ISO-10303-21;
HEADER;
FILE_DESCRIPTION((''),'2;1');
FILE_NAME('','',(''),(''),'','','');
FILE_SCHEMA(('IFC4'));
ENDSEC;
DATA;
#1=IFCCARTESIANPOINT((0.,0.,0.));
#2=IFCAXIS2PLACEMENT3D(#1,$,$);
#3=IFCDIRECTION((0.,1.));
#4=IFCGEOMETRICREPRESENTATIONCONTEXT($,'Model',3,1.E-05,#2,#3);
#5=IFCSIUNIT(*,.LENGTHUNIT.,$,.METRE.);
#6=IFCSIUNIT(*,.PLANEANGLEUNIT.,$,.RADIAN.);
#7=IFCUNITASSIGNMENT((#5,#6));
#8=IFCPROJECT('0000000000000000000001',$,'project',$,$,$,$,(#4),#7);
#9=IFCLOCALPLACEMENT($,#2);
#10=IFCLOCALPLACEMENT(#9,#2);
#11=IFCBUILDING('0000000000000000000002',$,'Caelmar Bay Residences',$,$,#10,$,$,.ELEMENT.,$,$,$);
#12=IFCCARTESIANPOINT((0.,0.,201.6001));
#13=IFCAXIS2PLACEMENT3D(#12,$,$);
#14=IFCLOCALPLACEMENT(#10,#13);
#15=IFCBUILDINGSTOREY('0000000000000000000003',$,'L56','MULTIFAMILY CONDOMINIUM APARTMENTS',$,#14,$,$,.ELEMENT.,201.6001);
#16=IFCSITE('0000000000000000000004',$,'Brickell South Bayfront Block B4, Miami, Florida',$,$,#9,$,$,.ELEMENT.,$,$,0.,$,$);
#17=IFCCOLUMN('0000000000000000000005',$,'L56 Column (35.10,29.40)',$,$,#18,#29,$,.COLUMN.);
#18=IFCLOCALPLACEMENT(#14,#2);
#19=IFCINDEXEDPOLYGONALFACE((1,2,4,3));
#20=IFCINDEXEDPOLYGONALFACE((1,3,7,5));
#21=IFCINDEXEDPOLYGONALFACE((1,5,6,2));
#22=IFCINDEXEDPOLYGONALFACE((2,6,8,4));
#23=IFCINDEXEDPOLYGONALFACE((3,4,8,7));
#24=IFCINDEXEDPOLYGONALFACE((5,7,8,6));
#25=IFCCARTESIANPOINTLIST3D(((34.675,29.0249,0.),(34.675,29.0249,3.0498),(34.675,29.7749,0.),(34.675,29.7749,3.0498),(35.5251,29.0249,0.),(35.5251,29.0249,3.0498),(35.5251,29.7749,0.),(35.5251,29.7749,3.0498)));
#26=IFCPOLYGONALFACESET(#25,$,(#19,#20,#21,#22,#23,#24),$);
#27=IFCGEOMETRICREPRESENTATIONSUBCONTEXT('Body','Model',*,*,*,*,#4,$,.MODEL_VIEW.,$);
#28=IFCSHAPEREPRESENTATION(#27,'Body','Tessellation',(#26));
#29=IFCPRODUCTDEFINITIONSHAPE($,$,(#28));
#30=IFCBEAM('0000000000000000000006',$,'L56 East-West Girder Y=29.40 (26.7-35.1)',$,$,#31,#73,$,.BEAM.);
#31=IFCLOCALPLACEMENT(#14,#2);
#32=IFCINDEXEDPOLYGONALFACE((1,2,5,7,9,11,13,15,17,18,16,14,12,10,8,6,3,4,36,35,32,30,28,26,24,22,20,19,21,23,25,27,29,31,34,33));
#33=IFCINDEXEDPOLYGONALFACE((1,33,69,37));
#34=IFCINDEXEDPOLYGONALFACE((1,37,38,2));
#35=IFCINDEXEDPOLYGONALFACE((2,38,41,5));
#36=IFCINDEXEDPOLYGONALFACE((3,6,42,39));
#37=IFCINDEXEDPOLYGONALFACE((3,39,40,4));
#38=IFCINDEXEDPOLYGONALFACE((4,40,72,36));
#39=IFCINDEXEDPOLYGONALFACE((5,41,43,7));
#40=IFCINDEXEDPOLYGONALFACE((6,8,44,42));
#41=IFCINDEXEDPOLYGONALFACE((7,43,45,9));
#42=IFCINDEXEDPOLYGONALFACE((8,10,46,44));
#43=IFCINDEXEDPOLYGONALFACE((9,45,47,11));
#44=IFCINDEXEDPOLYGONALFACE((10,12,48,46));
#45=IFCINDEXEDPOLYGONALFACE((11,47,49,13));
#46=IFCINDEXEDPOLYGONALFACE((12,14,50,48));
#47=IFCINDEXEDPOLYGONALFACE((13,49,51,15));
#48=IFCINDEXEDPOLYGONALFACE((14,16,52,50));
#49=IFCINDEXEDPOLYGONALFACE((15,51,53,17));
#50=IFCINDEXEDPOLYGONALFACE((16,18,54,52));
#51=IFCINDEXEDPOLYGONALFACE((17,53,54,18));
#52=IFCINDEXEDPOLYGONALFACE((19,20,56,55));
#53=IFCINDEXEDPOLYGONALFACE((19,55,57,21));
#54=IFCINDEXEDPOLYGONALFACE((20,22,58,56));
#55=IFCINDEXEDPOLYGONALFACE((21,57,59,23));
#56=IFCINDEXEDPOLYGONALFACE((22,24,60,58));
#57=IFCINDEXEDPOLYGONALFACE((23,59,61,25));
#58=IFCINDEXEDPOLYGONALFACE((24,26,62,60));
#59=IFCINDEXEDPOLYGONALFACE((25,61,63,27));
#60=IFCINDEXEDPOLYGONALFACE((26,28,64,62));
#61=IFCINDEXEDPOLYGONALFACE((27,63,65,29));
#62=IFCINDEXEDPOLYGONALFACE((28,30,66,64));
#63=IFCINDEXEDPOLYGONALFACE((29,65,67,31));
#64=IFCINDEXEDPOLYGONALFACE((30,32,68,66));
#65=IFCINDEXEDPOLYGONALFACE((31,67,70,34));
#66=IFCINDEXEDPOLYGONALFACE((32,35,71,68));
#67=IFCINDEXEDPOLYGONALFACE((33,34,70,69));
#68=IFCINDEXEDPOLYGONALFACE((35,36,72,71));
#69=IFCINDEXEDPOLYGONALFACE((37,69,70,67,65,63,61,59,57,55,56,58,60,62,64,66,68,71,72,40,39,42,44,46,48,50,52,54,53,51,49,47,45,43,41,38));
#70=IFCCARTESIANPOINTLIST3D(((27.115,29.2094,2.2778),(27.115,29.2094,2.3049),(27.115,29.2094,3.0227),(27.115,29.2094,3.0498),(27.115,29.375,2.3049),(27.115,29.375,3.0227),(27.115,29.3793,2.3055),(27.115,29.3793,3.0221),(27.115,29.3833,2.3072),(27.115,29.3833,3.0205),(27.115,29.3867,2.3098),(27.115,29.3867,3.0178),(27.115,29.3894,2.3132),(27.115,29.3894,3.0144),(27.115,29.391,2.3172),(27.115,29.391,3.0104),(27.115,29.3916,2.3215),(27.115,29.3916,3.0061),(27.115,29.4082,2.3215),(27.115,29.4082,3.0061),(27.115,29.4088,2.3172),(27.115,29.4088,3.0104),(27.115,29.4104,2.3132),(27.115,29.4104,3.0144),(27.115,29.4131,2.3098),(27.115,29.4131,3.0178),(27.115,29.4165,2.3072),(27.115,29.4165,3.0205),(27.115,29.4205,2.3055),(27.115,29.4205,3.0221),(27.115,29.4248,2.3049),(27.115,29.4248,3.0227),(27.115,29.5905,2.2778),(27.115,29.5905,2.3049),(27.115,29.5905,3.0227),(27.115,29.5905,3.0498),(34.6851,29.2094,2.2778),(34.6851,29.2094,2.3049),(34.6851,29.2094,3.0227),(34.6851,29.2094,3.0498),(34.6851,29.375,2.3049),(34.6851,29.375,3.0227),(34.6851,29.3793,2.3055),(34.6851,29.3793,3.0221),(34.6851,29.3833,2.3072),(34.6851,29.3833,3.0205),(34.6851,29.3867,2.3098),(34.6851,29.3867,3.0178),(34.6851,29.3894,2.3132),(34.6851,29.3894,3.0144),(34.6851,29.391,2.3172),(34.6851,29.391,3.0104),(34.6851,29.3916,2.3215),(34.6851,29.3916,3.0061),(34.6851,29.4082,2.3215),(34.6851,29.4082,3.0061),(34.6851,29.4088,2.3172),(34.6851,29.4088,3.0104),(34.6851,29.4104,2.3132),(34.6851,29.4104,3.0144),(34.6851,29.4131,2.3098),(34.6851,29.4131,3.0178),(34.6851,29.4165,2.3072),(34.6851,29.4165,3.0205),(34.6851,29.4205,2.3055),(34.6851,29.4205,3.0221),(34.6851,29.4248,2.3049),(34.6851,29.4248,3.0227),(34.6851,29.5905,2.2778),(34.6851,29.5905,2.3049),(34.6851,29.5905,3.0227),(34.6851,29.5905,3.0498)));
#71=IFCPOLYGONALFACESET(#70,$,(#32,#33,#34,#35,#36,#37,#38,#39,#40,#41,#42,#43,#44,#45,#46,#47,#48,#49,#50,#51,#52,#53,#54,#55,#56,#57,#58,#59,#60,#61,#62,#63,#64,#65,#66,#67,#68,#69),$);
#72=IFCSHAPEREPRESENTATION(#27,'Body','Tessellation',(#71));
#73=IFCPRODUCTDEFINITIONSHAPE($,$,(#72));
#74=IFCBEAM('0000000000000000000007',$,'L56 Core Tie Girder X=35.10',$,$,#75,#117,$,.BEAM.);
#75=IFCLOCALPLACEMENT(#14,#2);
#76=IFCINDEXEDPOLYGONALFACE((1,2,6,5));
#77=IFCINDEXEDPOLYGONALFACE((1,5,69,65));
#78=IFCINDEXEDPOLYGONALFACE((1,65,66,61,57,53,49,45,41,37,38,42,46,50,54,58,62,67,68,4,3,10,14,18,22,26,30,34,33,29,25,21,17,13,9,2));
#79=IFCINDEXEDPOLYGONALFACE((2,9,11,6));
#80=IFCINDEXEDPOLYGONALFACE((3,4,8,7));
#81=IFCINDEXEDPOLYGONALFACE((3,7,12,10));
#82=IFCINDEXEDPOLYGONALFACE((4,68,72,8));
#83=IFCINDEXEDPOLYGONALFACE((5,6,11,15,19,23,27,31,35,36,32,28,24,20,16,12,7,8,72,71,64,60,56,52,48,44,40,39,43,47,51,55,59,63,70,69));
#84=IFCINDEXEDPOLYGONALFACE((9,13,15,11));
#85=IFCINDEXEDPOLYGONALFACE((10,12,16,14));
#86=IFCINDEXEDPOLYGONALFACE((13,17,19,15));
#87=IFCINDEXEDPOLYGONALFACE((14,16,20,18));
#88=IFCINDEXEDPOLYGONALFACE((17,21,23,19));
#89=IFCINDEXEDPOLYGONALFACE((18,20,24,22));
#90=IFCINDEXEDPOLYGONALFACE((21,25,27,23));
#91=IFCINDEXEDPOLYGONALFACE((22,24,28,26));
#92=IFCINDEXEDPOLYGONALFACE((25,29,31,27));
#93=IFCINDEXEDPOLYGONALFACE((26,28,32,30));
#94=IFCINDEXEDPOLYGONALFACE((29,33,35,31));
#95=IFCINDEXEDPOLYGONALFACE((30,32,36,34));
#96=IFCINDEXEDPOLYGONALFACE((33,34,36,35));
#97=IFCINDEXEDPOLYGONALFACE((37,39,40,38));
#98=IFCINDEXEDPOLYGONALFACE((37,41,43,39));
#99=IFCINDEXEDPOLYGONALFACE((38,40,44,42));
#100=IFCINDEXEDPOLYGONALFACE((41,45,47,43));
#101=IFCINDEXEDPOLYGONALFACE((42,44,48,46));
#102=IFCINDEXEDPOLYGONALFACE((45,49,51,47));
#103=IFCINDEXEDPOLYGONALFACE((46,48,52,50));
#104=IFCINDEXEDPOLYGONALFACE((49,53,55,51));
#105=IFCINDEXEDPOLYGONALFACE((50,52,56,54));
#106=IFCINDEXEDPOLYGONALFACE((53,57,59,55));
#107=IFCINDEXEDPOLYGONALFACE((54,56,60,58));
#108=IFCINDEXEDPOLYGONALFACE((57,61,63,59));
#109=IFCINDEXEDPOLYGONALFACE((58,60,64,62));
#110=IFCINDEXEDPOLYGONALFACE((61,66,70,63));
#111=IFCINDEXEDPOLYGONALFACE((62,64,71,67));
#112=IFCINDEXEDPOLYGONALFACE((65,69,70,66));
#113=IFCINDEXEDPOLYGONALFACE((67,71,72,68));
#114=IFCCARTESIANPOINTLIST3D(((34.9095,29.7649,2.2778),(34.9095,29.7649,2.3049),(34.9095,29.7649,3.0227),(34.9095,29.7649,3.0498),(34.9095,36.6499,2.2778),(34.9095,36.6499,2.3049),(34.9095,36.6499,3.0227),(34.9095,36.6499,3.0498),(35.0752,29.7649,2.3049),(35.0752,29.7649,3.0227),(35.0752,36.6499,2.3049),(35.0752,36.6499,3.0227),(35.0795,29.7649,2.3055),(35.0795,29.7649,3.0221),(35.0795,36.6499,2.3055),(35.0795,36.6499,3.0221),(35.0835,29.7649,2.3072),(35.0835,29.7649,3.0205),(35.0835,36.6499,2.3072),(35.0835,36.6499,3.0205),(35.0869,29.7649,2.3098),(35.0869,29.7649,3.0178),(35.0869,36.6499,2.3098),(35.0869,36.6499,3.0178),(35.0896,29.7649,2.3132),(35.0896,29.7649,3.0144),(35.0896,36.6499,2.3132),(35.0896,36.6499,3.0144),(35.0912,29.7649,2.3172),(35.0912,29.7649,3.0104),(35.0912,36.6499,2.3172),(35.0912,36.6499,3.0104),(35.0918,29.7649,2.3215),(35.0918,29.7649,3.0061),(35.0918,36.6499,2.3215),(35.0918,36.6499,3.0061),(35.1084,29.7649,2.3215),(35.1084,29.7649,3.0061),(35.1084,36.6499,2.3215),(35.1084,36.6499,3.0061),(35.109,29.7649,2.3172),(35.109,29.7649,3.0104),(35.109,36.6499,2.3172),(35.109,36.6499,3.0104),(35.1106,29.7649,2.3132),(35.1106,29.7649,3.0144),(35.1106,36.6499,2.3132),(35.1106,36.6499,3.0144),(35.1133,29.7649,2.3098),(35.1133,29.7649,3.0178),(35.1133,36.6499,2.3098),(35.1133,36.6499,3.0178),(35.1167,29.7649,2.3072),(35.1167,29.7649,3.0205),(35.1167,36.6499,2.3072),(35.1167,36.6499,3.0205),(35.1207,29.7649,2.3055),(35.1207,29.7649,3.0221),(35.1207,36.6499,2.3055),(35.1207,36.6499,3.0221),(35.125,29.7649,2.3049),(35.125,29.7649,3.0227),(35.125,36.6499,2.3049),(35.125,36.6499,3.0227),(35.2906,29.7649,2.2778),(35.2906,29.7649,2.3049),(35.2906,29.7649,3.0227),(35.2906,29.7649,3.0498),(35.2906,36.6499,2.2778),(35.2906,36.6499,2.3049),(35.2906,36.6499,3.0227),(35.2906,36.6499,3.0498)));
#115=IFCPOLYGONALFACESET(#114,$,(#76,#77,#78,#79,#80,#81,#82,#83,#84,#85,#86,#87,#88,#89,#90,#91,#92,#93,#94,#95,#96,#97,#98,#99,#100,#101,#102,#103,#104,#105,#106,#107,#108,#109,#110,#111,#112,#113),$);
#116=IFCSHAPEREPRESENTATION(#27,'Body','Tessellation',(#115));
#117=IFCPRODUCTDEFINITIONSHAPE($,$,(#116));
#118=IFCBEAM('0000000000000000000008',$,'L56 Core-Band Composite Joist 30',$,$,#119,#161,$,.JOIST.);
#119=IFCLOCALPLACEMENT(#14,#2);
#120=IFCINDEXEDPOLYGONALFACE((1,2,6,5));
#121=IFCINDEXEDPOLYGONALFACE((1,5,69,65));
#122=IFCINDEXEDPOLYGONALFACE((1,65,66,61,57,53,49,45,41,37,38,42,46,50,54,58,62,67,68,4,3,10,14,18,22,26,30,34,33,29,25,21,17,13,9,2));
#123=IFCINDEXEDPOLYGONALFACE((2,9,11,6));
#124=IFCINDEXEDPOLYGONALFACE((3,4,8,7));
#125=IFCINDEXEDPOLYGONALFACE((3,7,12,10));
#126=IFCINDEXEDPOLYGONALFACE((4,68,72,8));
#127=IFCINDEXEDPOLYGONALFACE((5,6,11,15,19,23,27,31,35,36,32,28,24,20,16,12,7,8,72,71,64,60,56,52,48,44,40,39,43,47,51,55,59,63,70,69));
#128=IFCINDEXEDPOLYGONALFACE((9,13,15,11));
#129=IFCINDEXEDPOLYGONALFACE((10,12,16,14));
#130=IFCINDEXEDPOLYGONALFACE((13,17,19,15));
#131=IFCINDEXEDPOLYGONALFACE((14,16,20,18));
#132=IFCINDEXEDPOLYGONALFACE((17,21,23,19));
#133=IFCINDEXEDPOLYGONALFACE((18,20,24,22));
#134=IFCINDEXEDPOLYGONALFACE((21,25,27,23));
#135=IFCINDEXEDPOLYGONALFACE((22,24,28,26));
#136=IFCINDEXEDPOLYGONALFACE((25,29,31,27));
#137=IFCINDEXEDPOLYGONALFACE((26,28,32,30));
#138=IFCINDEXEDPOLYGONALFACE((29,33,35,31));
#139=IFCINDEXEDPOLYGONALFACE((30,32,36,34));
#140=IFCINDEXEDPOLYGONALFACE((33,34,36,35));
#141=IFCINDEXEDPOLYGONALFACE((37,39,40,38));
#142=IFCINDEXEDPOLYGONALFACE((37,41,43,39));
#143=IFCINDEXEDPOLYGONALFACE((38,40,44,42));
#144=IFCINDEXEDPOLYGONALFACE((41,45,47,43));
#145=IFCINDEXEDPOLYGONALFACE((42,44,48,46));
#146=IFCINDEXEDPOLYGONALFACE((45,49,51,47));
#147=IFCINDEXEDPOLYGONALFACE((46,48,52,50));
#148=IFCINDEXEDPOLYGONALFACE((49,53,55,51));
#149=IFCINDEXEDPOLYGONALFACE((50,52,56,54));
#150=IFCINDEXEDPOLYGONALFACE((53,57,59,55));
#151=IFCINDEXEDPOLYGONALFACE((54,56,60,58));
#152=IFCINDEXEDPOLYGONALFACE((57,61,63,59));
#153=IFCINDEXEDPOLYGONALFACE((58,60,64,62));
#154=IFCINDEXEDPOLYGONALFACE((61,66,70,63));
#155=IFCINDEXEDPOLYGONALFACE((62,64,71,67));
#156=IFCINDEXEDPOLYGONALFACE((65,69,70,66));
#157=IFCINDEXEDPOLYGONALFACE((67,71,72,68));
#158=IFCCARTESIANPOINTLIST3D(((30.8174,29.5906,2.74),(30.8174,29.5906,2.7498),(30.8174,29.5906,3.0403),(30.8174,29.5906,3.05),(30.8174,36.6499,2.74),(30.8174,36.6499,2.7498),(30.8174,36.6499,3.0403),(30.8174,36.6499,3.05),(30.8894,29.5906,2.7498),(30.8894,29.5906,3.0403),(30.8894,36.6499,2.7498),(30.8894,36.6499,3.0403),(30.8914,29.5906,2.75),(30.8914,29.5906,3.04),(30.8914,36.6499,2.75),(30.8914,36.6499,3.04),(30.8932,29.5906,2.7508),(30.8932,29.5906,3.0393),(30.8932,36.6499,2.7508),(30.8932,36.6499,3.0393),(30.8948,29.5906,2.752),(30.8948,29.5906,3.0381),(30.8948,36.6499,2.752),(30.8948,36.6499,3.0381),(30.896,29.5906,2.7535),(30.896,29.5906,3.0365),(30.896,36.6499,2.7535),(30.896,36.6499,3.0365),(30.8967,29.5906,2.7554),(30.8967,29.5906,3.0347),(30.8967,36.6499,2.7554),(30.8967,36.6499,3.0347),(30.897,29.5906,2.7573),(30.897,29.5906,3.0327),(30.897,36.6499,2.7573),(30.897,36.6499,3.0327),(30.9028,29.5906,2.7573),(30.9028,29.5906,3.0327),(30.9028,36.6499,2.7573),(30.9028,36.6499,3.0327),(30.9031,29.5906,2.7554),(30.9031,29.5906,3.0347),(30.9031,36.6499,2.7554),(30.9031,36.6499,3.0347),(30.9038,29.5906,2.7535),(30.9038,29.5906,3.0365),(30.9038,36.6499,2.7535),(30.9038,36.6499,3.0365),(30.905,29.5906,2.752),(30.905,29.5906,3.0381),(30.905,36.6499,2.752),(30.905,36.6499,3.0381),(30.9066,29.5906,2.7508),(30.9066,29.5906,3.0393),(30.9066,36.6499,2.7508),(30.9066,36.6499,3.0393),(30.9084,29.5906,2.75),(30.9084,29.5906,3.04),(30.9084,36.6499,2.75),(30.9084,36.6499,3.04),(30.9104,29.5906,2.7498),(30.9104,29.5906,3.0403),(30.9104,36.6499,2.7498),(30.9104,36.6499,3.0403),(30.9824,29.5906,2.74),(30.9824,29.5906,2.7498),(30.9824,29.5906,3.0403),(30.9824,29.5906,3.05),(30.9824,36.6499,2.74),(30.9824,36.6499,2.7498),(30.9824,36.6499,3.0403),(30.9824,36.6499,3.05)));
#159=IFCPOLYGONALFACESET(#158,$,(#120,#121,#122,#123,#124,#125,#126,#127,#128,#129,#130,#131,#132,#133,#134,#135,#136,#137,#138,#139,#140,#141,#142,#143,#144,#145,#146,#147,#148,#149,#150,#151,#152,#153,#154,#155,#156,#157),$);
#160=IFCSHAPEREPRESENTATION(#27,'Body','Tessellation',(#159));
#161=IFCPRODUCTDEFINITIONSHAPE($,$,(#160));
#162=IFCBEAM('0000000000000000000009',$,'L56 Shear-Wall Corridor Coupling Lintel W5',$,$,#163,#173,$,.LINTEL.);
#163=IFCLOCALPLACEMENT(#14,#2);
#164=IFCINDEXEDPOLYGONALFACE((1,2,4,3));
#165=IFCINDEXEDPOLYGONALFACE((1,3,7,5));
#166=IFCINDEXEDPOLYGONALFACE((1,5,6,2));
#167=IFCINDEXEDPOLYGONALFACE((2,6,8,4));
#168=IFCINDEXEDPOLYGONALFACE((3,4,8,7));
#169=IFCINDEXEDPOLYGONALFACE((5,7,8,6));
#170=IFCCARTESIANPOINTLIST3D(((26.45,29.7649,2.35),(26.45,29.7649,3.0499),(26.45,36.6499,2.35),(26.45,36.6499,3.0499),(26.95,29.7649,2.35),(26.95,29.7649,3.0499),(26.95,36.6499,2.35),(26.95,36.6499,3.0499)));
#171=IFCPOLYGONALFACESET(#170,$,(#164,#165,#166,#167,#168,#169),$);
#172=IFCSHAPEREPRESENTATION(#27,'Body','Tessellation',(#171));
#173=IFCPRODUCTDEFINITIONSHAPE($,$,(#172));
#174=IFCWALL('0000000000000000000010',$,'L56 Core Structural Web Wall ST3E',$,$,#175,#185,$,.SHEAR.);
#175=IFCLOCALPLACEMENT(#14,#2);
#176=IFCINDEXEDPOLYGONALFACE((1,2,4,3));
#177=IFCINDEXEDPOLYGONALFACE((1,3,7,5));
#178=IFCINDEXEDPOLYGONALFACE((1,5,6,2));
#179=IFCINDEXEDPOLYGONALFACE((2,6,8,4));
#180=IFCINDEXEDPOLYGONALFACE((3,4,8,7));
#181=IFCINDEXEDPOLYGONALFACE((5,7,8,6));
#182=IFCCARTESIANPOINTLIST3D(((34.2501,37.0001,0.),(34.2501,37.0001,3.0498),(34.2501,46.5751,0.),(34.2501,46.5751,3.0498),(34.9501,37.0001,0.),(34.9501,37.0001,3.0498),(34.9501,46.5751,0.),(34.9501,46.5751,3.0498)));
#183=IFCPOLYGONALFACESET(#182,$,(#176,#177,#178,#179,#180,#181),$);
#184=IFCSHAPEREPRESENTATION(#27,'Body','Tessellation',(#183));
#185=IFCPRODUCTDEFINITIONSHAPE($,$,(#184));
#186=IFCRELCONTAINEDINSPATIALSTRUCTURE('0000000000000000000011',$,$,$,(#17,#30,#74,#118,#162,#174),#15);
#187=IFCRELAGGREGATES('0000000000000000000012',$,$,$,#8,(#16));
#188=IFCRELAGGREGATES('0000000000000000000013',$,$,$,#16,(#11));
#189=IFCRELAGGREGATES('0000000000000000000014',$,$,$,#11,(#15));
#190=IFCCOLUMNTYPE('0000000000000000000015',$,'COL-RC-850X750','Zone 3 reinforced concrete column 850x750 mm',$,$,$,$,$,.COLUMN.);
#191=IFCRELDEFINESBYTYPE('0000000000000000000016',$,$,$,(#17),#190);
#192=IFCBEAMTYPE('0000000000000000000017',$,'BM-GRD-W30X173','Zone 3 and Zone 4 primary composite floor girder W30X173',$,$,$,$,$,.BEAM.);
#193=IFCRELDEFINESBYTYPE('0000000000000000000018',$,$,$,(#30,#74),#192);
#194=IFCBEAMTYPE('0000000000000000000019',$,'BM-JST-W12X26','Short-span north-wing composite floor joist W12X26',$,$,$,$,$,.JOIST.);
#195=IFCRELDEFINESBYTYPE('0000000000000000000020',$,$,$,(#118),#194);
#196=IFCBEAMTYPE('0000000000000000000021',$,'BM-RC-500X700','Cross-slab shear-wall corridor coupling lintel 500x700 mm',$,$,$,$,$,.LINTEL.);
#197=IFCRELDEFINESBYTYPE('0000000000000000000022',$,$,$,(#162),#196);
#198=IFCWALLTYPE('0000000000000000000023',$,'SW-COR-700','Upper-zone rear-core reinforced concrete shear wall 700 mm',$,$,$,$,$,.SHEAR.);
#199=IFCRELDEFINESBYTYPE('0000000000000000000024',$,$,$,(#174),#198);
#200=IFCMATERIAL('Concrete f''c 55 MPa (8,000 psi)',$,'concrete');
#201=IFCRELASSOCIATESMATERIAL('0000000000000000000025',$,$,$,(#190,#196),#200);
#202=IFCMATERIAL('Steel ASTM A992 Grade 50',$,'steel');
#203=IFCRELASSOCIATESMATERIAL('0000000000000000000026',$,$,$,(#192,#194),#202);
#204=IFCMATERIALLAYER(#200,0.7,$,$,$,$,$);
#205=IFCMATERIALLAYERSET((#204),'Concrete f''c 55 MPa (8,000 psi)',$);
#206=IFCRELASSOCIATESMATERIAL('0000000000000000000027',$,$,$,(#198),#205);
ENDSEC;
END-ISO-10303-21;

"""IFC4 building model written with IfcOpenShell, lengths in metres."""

from ifc_helpers import new_model, si_unit, direction, frame, frame_2d, origin, origin_2d, place, context, subcontext, project, spatial, rectangle, i_section, extrude, material, layer, layer_set, material_profile, profile_set, type_object, element, save


model = new_model("IFC4")

# Units and contexts
model_context = context("Model", 3, precision=1e-05, world=origin(), true_north=direction((0.0, 1.0)))
body_context = subcontext(model_context, "Body", "Model", "MODEL_VIEW")
ifc_project = project(units=[si_unit("LENGTHUNIT", "METRE"), si_unit("PLANEANGLEUNIT", "RADIAN")], contexts=[model_context])

# Site, building, storey
site_placement = place(None, origin())
site = spatial("IfcSite", under=ifc_project, at=site_placement, Name="Brickell South Bayfront Block B4, Miami, Florida", CompositionType="ELEMENT", RefElevation=0.0)
building_placement = place(site_placement, origin())
building = spatial("IfcBuilding", under=site, at=building_placement, Name="Caelmar Bay Residences", CompositionType="ELEMENT")
storey_placement = place(building_placement, frame((0.0, 0.0, 201.6001)))
storey = spatial("IfcBuildingStorey", under=building, at=storey_placement, Name="L56", Description="MULTIFAMILY CONDOMINIUM APARTMENTS", CompositionType="ELEMENT", Elevation=201.6001)

# Column
ifc_material_1 = material(Name="Concrete f'c 55 MPa (8,000 psi)", Category="concrete")
ifc_material_profile_1 = material_profile(ifc_material_1, rectangle(XDim=0.8501, YDim=0.75, at=origin_2d()), Name="RC-COL-850X750")
ifc_profile_set_1 = profile_set([ifc_material_profile_1], Name="Concrete f'c 55 MPa (8,000 psi)")
column_type = type_object("IfcColumnType", Name="COL-RC-850X750", Description="Zone 3 reinforced concrete column 850x750 mm", PredefinedType="COLUMN", material=ifc_profile_set_1)
column_placement = place(storey_placement, frame((35.1001, 29.3999, 0.0), z_axis=(0.0, 0.0, 1.0), x_axis=(1.0, 0.0, 0.0)))
element("IfcColumn", 1, at=column_placement, inside=storey, type_object=column_type, Name="L56 Column (35.10,29.40)", PredefinedType="COLUMN", context=body_context, shape_type="SweptSolid", body=[
    extrude(rectangle(XDim=0.8501, YDim=0.75, at=origin_2d()), origin(), (0.0, 0.0, 1.0), 3.0498),
])

# Beams
ifc_material_2 = material(Name="Steel ASTM A992 Grade 50", Category="steel")
ifc_material_profile_2 = material_profile(ifc_material_2, i_section(OverallWidth=0.3811, OverallDepth=0.772, WebThickness=0.0166, FlangeThickness=0.0271, FilletRadius=0.0166, at=origin_2d()), Name="W30X173")
ifc_profile_set_2 = profile_set([ifc_material_profile_2], Name="Steel ASTM A992 Grade 50")
beam_type_1 = type_object("IfcBeamType", Name="BM-GRD-W30X173", Description="Zone 3 and Zone 4 primary composite floor girder W30X173", PredefinedType="BEAM", material=ifc_profile_set_2)
beam_1_placement = place(storey_placement, frame((27.115, 29.3999, 2.6638), z_axis=(1.0, 0.0, 0.0), x_axis=(0.0, 1.0, 0.0)))
element("IfcBeam", 2, at=beam_1_placement, inside=storey, type_object=beam_type_1, Name="L56 East-West Girder Y=29.40 (26.7-35.1)", PredefinedType="BEAM", context=body_context, shape_type="SweptSolid", body=[
    extrude(i_section(OverallWidth=0.3811, OverallDepth=0.772, WebThickness=0.0166, FlangeThickness=0.0271, FilletRadius=0.0166, at=origin_2d()), origin(), (0.0, 0.0, 1.0), 7.5701),
])
beam_2_placement = place(storey_placement, frame((35.1001, 29.7649, 2.6638), z_axis=(0.0, 1.0, 0.0), x_axis=(-1.0, 0.0, 0.0)))
element("IfcBeam", 3, at=beam_2_placement, inside=storey, type_object=beam_type_1, Name="L56 Core Tie Girder X=35.10", PredefinedType="BEAM", context=body_context, shape_type="SweptSolid", body=[
    extrude(i_section(OverallWidth=0.3811, OverallDepth=0.772, WebThickness=0.0166, FlangeThickness=0.0271, FilletRadius=0.0166, at=origin_2d()), origin(), (0.0, 0.0, 1.0), 6.885),
])
ifc_material_profile_3 = material_profile(ifc_material_2, i_section(OverallWidth=0.165, OverallDepth=0.3101, WebThickness=0.0059, FlangeThickness=0.0098, FilletRadius=0.0076, at=origin_2d()), Name="W12X26")
ifc_profile_set_3 = profile_set([ifc_material_profile_3], Name="Steel ASTM A992 Grade 50")
beam_type_2 = type_object("IfcBeamType", Name="BM-JST-W12X26", Description="Short-span north-wing composite floor joist W12X26", PredefinedType="JOIST", material=ifc_profile_set_3)
beam_3_placement = place(storey_placement, frame((30.8999, 29.5906, 2.895), z_axis=(0.0, 1.0, 0.0), x_axis=(-1.0, 0.0, 0.0)))
element("IfcBeam", 4, at=beam_3_placement, inside=storey, type_object=beam_type_2, Name="L56 Core-Band Composite Joist 30", PredefinedType="JOIST", context=body_context, shape_type="SweptSolid", body=[
    extrude(i_section(OverallWidth=0.165, OverallDepth=0.3101, WebThickness=0.0059, FlangeThickness=0.0098, FilletRadius=0.0076, at=origin_2d()), origin(), (0.0, 0.0, 1.0), 7.0593),
])
ifc_material_profile_4 = material_profile(ifc_material_1, rectangle(XDim=0.5, YDim=0.7, at=origin_2d()), Name="RC-BM-500X700")
ifc_profile_set_4 = profile_set([ifc_material_profile_4], Name="Concrete f'c 55 MPa (8,000 psi)")
beam_type_3 = type_object("IfcBeamType", Name="BM-RC-500X700", Description="Cross-slab shear-wall corridor coupling lintel 500x700 mm", PredefinedType="LINTEL", material=ifc_profile_set_4)
beam_4_placement = place(storey_placement, frame((26.7, 29.7649, 2.7), z_axis=(0.0, 1.0, 0.0), x_axis=(-1.0, 0.0, 0.0)))
element("IfcBeam", 5, at=beam_4_placement, inside=storey, type_object=beam_type_3, Name="L56 Shear-Wall Corridor Coupling Lintel W5", PredefinedType="LINTEL", context=body_context, shape_type="SweptSolid", body=[
    extrude(rectangle(XDim=0.5, YDim=0.7, at=origin_2d()), origin(), (0.0, 0.0, 1.0), 6.885),
])

# Wall
ifc_layer_1 = layer(ifc_material_1, 0.7)
ifc_layer_set_1 = layer_set([ifc_layer_1], Name="Concrete f'c 55 MPa (8,000 psi)")
wall_type_1 = type_object("IfcWallType", Name="SW-COR-700", Description="Upper-zone rear-core reinforced concrete shear wall 700 mm", PredefinedType="SHEAR", material=ifc_layer_set_1)
wall_1_placement = place(storey_placement, frame((34.6001, 37.0, 0.0), z_axis=(0.0, 0.0, 1.0), x_axis=(0.0, 1.0, 0.0)))
element("IfcWall", 6, at=wall_1_placement, inside=storey, type_object=wall_type_1, Name="L56 Core Structural Web Wall ST3E", PredefinedType="SHEAR", context=body_context, shape_type="SweptSolid", body=[
    extrude(rectangle(XDim=9.575, YDim=0.7, at=frame_2d((4.7876, 0.0))), origin(), (0.0, 0.0, 1.0), 3.0498),
])

save(model, "model.ifc")
